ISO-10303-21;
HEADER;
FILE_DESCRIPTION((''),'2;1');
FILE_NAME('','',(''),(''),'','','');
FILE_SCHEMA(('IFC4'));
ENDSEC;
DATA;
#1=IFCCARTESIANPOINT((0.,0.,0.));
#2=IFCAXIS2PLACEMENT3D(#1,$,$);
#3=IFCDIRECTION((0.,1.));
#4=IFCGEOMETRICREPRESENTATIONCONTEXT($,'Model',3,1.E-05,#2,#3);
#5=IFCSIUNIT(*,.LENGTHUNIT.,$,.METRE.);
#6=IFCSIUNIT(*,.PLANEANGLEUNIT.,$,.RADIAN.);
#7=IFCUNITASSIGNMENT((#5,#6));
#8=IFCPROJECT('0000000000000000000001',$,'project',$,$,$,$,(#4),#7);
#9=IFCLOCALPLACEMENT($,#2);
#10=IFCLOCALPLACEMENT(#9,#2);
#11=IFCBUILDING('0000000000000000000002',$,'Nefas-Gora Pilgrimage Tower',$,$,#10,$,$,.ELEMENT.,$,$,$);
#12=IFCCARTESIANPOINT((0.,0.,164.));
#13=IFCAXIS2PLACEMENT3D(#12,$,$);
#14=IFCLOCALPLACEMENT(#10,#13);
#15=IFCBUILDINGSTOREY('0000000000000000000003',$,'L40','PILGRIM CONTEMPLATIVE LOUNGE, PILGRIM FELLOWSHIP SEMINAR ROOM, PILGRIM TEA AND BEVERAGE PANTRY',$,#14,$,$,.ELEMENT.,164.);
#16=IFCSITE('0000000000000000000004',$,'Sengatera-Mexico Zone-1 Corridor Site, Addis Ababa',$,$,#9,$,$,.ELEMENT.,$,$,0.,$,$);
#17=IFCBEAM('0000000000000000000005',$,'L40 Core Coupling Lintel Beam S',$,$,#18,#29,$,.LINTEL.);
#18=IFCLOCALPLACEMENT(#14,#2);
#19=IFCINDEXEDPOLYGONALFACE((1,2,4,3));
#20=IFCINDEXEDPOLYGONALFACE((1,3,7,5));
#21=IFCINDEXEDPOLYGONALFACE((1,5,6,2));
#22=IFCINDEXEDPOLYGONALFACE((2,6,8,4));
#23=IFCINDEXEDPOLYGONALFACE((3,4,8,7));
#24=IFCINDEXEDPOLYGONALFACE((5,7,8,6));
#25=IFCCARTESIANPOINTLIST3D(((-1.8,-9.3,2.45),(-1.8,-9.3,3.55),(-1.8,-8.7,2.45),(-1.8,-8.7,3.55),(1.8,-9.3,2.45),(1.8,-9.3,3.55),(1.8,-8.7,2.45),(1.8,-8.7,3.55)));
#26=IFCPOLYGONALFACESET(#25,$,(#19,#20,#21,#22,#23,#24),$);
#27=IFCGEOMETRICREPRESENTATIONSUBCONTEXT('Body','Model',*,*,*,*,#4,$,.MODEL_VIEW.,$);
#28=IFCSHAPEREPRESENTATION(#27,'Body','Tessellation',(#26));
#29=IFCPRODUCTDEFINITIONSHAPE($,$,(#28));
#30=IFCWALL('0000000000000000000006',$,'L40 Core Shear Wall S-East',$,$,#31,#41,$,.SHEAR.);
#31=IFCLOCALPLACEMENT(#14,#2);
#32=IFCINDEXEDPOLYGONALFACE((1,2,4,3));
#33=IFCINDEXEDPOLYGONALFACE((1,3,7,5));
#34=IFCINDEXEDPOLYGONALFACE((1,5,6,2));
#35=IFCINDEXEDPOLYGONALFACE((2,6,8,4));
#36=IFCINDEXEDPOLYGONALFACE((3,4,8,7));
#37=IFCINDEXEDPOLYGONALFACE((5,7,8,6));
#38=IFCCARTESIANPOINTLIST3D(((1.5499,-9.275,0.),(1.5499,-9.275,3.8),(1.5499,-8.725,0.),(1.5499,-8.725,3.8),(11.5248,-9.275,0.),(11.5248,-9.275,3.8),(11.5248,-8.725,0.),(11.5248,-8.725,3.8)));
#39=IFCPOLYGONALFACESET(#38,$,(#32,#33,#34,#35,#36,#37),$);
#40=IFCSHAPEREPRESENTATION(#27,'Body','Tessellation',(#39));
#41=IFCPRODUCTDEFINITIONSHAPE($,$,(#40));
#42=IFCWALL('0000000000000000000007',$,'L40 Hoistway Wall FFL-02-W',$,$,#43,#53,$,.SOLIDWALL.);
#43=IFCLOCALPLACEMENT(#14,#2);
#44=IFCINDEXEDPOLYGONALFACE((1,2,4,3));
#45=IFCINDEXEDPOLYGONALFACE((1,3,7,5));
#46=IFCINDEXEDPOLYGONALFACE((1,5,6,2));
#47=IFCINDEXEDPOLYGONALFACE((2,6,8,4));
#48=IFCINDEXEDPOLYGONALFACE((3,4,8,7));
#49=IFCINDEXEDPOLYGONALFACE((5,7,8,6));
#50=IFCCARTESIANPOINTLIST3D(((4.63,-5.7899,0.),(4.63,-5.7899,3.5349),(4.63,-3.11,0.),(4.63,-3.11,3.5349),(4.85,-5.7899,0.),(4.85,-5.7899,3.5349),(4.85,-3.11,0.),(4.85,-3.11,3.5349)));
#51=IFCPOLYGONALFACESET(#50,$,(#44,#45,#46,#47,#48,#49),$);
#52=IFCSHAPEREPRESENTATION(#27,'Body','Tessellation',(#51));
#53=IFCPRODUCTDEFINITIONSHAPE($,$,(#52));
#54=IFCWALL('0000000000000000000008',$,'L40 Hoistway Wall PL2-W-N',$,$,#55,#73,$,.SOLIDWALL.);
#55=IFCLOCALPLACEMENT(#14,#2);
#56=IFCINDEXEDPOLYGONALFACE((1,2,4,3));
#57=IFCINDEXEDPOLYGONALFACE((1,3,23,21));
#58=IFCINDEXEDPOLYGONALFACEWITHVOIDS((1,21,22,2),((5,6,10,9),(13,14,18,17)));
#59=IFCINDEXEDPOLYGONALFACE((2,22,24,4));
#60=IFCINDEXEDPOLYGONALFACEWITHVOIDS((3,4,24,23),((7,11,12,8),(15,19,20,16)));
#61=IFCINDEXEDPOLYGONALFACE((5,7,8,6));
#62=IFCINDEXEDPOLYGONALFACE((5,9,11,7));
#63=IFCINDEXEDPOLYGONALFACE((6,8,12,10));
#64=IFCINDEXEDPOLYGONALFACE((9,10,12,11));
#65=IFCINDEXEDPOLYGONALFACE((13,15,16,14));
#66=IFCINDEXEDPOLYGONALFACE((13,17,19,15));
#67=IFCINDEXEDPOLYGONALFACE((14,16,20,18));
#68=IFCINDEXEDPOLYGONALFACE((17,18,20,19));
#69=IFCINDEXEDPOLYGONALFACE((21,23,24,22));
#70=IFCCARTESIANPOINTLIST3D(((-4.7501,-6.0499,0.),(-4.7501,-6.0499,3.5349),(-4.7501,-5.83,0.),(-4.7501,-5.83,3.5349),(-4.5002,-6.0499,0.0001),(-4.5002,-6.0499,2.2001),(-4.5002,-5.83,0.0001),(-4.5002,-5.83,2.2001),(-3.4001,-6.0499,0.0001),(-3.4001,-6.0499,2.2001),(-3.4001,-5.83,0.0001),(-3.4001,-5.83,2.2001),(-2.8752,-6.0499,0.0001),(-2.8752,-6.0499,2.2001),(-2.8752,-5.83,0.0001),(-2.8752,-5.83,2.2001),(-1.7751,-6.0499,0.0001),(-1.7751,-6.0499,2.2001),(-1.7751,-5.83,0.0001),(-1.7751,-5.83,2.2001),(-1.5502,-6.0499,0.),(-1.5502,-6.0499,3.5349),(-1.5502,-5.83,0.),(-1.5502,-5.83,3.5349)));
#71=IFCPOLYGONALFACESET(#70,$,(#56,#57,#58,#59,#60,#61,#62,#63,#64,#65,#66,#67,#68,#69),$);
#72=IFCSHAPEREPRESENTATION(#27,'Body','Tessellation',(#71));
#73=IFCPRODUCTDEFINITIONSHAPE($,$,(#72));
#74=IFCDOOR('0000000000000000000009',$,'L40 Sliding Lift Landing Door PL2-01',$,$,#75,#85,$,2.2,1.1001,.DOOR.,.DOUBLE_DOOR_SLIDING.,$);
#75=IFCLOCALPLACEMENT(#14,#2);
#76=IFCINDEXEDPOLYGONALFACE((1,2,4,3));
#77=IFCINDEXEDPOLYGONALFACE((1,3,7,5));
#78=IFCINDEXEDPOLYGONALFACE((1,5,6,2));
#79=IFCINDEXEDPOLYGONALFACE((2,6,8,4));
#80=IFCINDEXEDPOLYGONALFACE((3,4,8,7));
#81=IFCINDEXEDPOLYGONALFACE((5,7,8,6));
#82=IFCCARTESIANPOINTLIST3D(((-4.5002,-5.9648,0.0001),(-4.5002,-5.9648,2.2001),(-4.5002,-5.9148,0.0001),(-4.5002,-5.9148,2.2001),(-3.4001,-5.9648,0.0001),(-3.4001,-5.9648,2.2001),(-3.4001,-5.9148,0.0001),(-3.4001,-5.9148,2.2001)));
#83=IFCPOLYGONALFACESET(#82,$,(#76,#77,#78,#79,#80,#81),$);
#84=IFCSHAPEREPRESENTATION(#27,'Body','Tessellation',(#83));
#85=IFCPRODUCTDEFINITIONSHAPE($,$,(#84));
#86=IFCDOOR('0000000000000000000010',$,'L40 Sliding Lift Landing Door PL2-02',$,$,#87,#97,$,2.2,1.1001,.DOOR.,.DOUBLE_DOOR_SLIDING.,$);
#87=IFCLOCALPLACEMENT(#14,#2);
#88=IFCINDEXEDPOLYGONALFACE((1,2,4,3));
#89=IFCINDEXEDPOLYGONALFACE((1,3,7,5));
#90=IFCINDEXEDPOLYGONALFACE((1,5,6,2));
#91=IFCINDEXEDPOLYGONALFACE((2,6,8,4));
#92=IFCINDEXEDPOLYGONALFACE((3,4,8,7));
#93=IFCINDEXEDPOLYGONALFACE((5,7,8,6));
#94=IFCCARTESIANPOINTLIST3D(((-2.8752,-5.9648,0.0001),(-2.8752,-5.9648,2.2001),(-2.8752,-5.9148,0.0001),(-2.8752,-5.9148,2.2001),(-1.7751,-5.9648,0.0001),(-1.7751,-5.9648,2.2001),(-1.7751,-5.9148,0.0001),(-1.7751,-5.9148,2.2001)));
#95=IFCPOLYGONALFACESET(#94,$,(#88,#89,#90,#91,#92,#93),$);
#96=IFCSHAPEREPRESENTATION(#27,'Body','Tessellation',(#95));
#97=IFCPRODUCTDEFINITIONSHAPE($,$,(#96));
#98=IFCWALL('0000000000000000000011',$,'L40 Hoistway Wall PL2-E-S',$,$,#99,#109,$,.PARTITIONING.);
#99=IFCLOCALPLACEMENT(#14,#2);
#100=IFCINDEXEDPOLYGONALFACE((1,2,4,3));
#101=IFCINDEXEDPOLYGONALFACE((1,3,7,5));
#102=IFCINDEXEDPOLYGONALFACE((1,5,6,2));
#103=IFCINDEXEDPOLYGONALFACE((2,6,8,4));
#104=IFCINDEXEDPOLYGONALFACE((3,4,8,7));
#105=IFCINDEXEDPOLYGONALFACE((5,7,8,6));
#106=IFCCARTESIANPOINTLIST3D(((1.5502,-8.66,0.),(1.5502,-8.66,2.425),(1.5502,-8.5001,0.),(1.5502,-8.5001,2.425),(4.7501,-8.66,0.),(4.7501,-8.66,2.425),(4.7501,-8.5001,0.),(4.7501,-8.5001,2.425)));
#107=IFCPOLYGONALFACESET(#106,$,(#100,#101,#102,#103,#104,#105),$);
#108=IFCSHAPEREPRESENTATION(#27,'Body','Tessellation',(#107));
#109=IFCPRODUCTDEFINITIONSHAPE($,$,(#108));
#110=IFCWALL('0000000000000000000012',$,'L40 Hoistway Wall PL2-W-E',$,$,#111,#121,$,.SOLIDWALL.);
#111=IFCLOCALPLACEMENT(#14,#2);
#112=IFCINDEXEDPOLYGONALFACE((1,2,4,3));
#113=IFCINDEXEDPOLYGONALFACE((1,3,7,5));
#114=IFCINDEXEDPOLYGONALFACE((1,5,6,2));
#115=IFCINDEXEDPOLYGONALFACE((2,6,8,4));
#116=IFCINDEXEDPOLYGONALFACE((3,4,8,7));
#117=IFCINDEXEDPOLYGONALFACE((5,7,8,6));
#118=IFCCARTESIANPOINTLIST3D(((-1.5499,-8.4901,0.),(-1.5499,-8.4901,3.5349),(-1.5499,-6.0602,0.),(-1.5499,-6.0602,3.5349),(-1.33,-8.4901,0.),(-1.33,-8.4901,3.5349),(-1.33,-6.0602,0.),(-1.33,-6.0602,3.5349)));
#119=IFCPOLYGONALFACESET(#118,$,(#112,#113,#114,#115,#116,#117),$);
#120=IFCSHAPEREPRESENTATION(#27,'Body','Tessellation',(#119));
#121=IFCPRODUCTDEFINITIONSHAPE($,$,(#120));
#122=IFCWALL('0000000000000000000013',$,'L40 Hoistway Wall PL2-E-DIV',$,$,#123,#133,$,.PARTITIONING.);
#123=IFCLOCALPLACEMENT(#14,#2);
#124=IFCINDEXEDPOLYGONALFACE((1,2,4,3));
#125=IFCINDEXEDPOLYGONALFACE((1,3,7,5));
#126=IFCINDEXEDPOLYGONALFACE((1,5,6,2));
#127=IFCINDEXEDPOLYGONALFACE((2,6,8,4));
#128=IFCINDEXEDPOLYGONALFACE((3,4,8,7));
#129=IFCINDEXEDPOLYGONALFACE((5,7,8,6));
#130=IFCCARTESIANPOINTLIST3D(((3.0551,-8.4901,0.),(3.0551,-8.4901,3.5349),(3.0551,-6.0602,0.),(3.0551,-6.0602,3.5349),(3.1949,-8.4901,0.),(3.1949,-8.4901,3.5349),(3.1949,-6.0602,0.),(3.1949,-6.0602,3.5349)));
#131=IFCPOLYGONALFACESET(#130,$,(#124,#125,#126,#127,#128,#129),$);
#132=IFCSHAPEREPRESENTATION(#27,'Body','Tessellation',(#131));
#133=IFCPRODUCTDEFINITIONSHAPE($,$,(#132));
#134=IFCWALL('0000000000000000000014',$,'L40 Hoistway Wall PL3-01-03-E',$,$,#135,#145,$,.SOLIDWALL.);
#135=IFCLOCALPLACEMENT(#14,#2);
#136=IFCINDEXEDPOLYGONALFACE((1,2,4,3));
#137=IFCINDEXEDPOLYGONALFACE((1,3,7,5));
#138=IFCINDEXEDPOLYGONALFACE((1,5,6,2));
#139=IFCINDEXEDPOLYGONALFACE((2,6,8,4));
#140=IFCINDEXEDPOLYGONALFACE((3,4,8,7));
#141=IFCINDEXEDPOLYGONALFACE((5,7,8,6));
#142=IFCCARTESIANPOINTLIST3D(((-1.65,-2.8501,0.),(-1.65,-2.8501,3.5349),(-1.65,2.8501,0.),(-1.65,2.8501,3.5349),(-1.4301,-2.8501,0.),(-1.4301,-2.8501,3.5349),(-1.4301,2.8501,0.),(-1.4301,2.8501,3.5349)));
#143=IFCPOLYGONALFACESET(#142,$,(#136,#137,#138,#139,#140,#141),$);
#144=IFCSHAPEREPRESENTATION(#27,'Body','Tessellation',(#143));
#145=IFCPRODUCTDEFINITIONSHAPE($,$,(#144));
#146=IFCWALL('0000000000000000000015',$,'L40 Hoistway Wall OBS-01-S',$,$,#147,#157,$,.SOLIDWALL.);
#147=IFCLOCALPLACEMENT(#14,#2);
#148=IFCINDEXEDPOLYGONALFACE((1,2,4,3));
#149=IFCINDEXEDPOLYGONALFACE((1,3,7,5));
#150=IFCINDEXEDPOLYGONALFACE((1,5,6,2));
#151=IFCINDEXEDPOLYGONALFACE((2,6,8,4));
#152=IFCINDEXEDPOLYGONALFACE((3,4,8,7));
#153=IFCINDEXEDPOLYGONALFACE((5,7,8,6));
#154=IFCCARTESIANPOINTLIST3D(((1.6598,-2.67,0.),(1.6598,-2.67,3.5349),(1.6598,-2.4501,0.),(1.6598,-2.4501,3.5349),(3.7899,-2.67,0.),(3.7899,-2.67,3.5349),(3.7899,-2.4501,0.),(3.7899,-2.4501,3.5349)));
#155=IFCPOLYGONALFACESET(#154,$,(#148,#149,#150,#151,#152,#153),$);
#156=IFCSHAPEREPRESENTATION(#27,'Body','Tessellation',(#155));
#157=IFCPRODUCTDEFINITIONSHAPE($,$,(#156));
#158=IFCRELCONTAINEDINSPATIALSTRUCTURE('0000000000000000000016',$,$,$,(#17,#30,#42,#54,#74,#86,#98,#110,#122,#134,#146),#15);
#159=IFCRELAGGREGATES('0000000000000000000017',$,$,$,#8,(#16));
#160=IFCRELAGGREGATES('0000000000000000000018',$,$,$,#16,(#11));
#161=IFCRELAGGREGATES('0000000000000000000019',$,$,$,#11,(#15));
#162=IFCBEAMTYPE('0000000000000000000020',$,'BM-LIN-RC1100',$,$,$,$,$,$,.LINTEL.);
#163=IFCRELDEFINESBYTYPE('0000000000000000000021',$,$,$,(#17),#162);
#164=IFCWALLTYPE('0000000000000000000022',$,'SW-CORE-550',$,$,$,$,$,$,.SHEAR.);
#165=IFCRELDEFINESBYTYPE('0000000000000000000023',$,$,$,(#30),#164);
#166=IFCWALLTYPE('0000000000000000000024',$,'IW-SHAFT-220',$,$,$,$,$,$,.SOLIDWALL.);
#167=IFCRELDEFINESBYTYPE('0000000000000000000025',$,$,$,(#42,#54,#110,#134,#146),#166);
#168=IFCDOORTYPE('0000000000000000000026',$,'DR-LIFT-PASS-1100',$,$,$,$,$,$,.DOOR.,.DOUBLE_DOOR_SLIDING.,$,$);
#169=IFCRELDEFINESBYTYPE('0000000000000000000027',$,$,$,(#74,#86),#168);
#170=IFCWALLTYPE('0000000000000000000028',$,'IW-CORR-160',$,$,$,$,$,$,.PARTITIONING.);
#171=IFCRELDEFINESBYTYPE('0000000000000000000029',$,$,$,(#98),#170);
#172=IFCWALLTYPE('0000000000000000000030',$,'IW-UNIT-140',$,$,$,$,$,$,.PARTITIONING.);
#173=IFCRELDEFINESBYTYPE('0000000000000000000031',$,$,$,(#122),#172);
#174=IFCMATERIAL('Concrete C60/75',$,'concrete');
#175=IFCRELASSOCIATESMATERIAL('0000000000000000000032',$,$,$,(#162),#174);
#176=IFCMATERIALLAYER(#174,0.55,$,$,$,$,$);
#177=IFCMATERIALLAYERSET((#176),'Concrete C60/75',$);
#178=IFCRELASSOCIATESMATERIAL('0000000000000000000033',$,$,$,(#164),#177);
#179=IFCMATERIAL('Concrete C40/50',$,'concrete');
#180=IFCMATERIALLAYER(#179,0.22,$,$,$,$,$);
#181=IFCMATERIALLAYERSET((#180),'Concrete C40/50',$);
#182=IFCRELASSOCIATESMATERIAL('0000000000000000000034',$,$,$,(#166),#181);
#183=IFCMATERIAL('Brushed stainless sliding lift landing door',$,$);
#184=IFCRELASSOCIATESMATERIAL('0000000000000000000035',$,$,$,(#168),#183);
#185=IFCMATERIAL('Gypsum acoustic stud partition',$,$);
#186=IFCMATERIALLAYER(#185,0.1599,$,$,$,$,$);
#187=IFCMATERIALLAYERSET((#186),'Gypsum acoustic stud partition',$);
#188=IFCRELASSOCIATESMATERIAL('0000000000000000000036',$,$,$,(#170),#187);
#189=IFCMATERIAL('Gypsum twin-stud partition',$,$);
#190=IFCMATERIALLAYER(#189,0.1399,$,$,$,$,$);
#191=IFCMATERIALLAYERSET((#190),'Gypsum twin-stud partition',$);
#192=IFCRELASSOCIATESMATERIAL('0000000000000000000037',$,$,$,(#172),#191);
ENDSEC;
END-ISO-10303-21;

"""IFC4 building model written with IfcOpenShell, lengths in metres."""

from ifc_helpers import new_model, si_unit, direction, frame, frame_2d, origin, origin_2d, place, context, subcontext, project, spatial, rectangle, extrude, source, transform, mapped, material, layer, layer_set, material_profile, profile_set, type_object, element, fill, save


model = new_model("IFC4")

# Units and contexts
model_context = context("Model", 3, precision=1e-05, world=origin(), true_north=direction((0.0, 1.0)))
body_context = subcontext(model_context, "Body", "Model", "MODEL_VIEW")
ifc_project = project(units=[si_unit("LENGTHUNIT", "METRE"), si_unit("PLANEANGLEUNIT", "RADIAN")], contexts=[model_context])

# Site, building, storey
site_placement = place(None, origin())
site = spatial("IfcSite", under=ifc_project, at=site_placement, Name="Sengatera-Mexico Zone-1 Corridor Site, Addis Ababa", CompositionType="ELEMENT", RefElevation=0.0)
building_placement = place(site_placement, origin())
building = spatial("IfcBuilding", under=site, at=building_placement, Name="Nefas-Gora Pilgrimage Tower", CompositionType="ELEMENT")
storey_placement = place(building_placement, frame((0.0, 0.0, 164.0)))
storey = spatial("IfcBuildingStorey", under=building, at=storey_placement, Name="L40", Description="PILGRIM CONTEMPLATIVE LOUNGE, PILGRIM FELLOWSHIP SEMINAR ROOM, PILGRIM TEA AND BEVERAGE PANTRY", CompositionType="ELEMENT", Elevation=164.0)

# Beam
ifc_material_1 = material(Name="Concrete C60/75", Category="concrete")
ifc_material_profile = material_profile(ifc_material_1, rectangle(XDim=0.6001, YDim=1.1001, at=origin_2d()), Name="RC 600x1100")
ifc_profile_set = profile_set([ifc_material_profile], Name="Concrete C60/75")
beam_type = type_object("IfcBeamType", Name="BM-LIN-RC1100", PredefinedType="LINTEL", material=ifc_profile_set)
shared_shape_1 = source(origin(), body_context, "Body", "SweptSolid", [
    extrude(rectangle(XDim=0.6001, YDim=1.1001, at=origin_2d()), origin(), (0.0, 0.0, 1.0), 3.6001),
])
beam_placement = place(storey_placement, frame((-1.8, -9.0, 3.0), z_axis=(1.0, 0.0, 0.0), x_axis=(0.0, 1.0, 0.0)))
element("IfcBeam", 1, at=beam_placement, inside=storey, type_object=beam_type, Name="L40 Core Coupling Lintel Beam S", PredefinedType="LINTEL", context=body_context, shape_type="MappedRepresentation", body=[
    mapped(shared_shape_1, transform((0.0, 0.0, 0.0), x_axis=(1.0, 0.0, 0.0), y_axis=(0.0, 1.0, 0.0), z_axis=(0.0, 0.0, 1.0), scale=1.0)),
])

# Walls
ifc_layer_1 = layer(ifc_material_1, 0.55)
ifc_layer_set_1 = layer_set([ifc_layer_1], Name="Concrete C60/75")
wall_type_1 = type_object("IfcWallType", Name="SW-CORE-550", PredefinedType="SHEAR", material=ifc_layer_set_1)
shared_shape_2 = source(origin(), body_context, "Body", "SweptSolid", [
    extrude(rectangle(XDim=9.9749, YDim=0.55, at=frame_2d((4.9873, 0.0))), origin(), (0.0, 0.0, 1.0), 3.8),
])
wall_1_placement = place(storey_placement, frame((1.55, -9.0, 0.0), z_axis=(0.0, 0.0, 1.0), x_axis=(1.0, 0.0, 0.0)))
element("IfcWall", 2, at=wall_1_placement, inside=storey, type_object=wall_type_1, Name="L40 Core Shear Wall S-East", PredefinedType="SHEAR", context=body_context, shape_type="MappedRepresentation", body=[
    mapped(shared_shape_2, transform((0.0, 0.0, 0.0), x_axis=(1.0, 0.0, 0.0), y_axis=(0.0, 1.0, 0.0), z_axis=(0.0, 0.0, 1.0), scale=1.0)),
])
ifc_material_2 = material(Name="Concrete C40/50", Category="concrete")
ifc_layer_2 = layer(ifc_material_2, 0.22)
ifc_layer_set_2 = layer_set([ifc_layer_2], Name="Concrete C40/50")
wall_type_2 = type_object("IfcWallType", Name="IW-SHAFT-220", PredefinedType="SOLIDWALL", material=ifc_layer_set_2)
shared_shape_3 = source(origin(), body_context, "Body", "SweptSolid", [
    extrude(rectangle(XDim=2.6799, YDim=0.22, at=frame_2d((1.3398, 0.0))), origin(), (0.0, 0.0, 1.0), 3.5349),
])
wall_2_placement = place(storey_placement, frame((4.74, -3.1101, 0.0), z_axis=(0.0, 0.0, 1.0), x_axis=(0.0, -1.0, 0.0)))
element("IfcWall", 3, at=wall_2_placement, inside=storey, type_object=wall_type_2, Name="L40 Hoistway Wall FFL-02-W", PredefinedType="SOLIDWALL", context=body_context, shape_type="MappedRepresentation", body=[
    mapped(shared_shape_3, transform((0.0, 0.0, 0.0), x_axis=(1.0, 0.0, 0.0), y_axis=(0.0, 1.0, 0.0), z_axis=(0.0, 0.0, 1.0), scale=1.0)),
])

# Wall, openings, doors
shared_shape_4 = source(origin(), body_context, "Body", "SweptSolid", [
    extrude(rectangle(XDim=3.2, YDim=0.22, at=frame_2d((1.6001, 0.0))), origin(), (0.0, 0.0, 1.0), 3.5349),
])
wall_3_placement = place(storey_placement, frame((-1.55, -5.9399, 0.0), z_axis=(0.0, 0.0, 1.0), x_axis=(-1.0, 0.0, 0.0)))
wall_3 = element("IfcWall", 4, at=wall_3_placement, inside=storey, type_object=wall_type_2, Name="L40 Hoistway Wall PL2-W-N", PredefinedType="SOLIDWALL", context=body_context, shape_type="MappedRepresentation", body=[
    mapped(shared_shape_4, transform((0.0, 0.0, 0.0), x_axis=(1.0, 0.0, 0.0), y_axis=(0.0, 1.0, 0.0), z_axis=(0.0, 0.0, 1.0), scale=1.0)),
])
opening_1_placement = place(wall_3_placement, frame((1.8501, 0.0, 0.0)))
opening_1 = element("IfcOpeningElement", 5, at=opening_1_placement, cuts=wall_3, PredefinedType="OPENING", context=body_context, shape_type="SweptSolid", body=[
    extrude(rectangle(XDim=1.1001, YDim=2.2, at=frame_2d((0.55, 1.1001))), frame((0.0, 0.1199, 0.0), z_axis=(0.0, -1.0, 0.0), x_axis=(1.0, 0.0, 0.0)), (0.0, 0.0, 1.0), 0.24),
])
opening_2_placement = place(wall_3_placement, frame((0.2251, 0.0, 0.0)))
opening_2 = element("IfcOpeningElement", 6, at=opening_2_placement, cuts=wall_3, PredefinedType="OPENING", context=body_context, shape_type="SweptSolid", body=[
    extrude(rectangle(XDim=1.1001, YDim=2.2, at=frame_2d((0.55, 1.1001))), frame((0.0, 0.1199, 0.0), z_axis=(0.0, -1.0, 0.0), x_axis=(1.0, 0.0, 0.0)), (0.0, 0.0, 1.0), 0.24),
])
ifc_material_3 = material(Name="Brushed stainless sliding lift landing door")
door_type_1 = type_object("IfcDoorType", Name="DR-LIFT-PASS-1100", OperationType="DOUBLE_DOOR_SLIDING", PredefinedType="DOOR", material=ifc_material_3)
shared_shape_5 = source(origin(), body_context, "Body", "SweptSolid", [
    extrude(rectangle(XDim=1.1001, YDim=2.2, at=frame_2d((0.55, 1.1001))), frame((0.0, 0.0249, 0.0), z_axis=(0.0, -1.0, 0.0), x_axis=(1.0, 0.0, 0.0)), (0.0, 0.0, 1.0), 0.05),
])
door_1_placement = place(opening_1_placement, origin())
door_1 = element("IfcDoor", 7, at=door_1_placement, inside=storey, type_object=door_type_1, Name="L40 Sliding Lift Landing Door PL2-01", OperationType="DOUBLE_DOOR_SLIDING", OverallHeight=2.2, OverallWidth=1.1001, PredefinedType="DOOR", context=body_context, shape_type="MappedRepresentation", body=[
    mapped(shared_shape_5, transform((0.0, 0.0, 0.0), x_axis=(1.0, 0.0, 0.0), y_axis=(0.0, 1.0, 0.0), z_axis=(0.0, 0.0, 1.0), scale=1.0)),
])
fill(opening_1, door_1)
door_2_placement = place(opening_2_placement, origin())
door_2 = element("IfcDoor", 8, at=door_2_placement, inside=storey, type_object=door_type_1, Name="L40 Sliding Lift Landing Door PL2-02", OperationType="DOUBLE_DOOR_SLIDING", OverallHeight=2.2, OverallWidth=1.1001, PredefinedType="DOOR", context=body_context, shape_type="MappedRepresentation", body=[
    mapped(shared_shape_5, transform((0.0, 0.0, 0.0), x_axis=(1.0, 0.0, 0.0), y_axis=(0.0, 1.0, 0.0), z_axis=(0.0, 0.0, 1.0), scale=1.0)),
])
fill(opening_2, door_2)

# Walls
ifc_material_4 = material(Name="Gypsum acoustic stud partition")
ifc_layer_3 = layer(ifc_material_4, 0.1599)
ifc_layer_set_3 = layer_set([ifc_layer_3], Name="Gypsum acoustic stud partition")
wall_type_3 = type_object("IfcWallType", Name="IW-CORR-160", PredefinedType="PARTITIONING", material=ifc_layer_set_3)
shared_shape_6 = source(origin(), body_context, "Body", "SweptSolid", [
    extrude(rectangle(XDim=3.2, YDim=0.1599, at=frame_2d((1.6001, 0.0))), origin(), (0.0, 0.0, 1.0), 2.425),
])
wall_4_placement = place(storey_placement, frame((1.55, -8.5801, 0.0), z_axis=(0.0, 0.0, 1.0), x_axis=(1.0, 0.0, 0.0)))
element("IfcWall", 9, at=wall_4_placement, inside=storey, type_object=wall_type_3, Name="L40 Hoistway Wall PL2-E-S", PredefinedType="PARTITIONING", context=body_context, shape_type="MappedRepresentation", body=[
    mapped(shared_shape_6, transform((0.0, 0.0, 0.0), x_axis=(1.0, 0.0, 0.0), y_axis=(0.0, 1.0, 0.0), z_axis=(0.0, 0.0, 1.0), scale=1.0)),
])
shared_shape_7 = source(origin(), body_context, "Body", "SweptSolid", [
    extrude(rectangle(XDim=2.4299, YDim=0.22, at=frame_2d((1.2148, 0.0))), origin(), (0.0, 0.0, 1.0), 3.5349),
])
for number, where, z_axis, x_axis, name in (
    (10, (-1.4399, -8.49, 0.0), (0.0, 0.0, 1.0), (0.0, 1.0, 0.0), "L40 Hoistway Wall PL2-W-E"),
):
    element("IfcWall", number, at=place(storey_placement, frame(where, z_axis=z_axis, x_axis=x_axis)), inside=storey, type_object=wall_type_2, Name=name, PredefinedType="SOLIDWALL", context=body_context, shape_type="MappedRepresentation", body=[
        mapped(shared_shape_7, transform((0.0, 0.0, 0.0), x_axis=(1.0, 0.0, 0.0), y_axis=(0.0, 1.0, 0.0), z_axis=(0.0, 0.0, 1.0), scale=1.0)),
    ])
ifc_material_5 = material(Name="Gypsum twin-stud partition")
ifc_layer_4 = layer(ifc_material_5, 0.1399)
ifc_layer_set_4 = layer_set([ifc_layer_4], Name="Gypsum twin-stud partition")
wall_type_4 = type_object("IfcWallType", Name="IW-UNIT-140", PredefinedType="PARTITIONING", material=ifc_layer_set_4)
shared_shape_8 = source(origin(), body_context, "Body", "SweptSolid", [
    extrude(rectangle(XDim=2.4299, YDim=0.1399, at=frame_2d((1.2148, 0.0))), origin(), (0.0, 0.0, 1.0), 3.5349),
])
wall_5_placement = place(storey_placement, frame((3.125, -8.49, 0.0), z_axis=(0.0, 0.0, 1.0), x_axis=(0.0, 1.0, 0.0)))
element("IfcWall", 11, at=wall_5_placement, inside=storey, type_object=wall_type_4, Name="L40 Hoistway Wall PL2-E-DIV", PredefinedType="PARTITIONING", context=body_context, shape_type="MappedRepresentation", body=[
    mapped(shared_shape_8, transform((0.0, 0.0, 0.0), x_axis=(1.0, 0.0, 0.0), y_axis=(0.0, 1.0, 0.0), z_axis=(0.0, 0.0, 1.0), scale=1.0)),
])
shared_shape_9 = source(origin(), body_context, "Body", "SweptSolid", [
    extrude(rectangle(XDim=5.7002, YDim=0.22, at=frame_2d((2.8501, 0.0))), origin(), (0.0, 0.0, 1.0), 3.5349),
])
wall_6_placement = place(storey_placement, frame((-1.54, -2.8501, 0.0), z_axis=(0.0, 0.0, 1.0), x_axis=(0.0, 1.0, 0.0)))
element("IfcWall", 12, at=wall_6_placement, inside=storey, type_object=wall_type_2, Name="L40 Hoistway Wall PL3-01-03-E", PredefinedType="SOLIDWALL", context=body_context, shape_type="MappedRepresentation", body=[
    mapped(shared_shape_9, transform((0.0, 0.0, 0.0), x_axis=(1.0, 0.0, 0.0), y_axis=(0.0, 1.0, 0.0), z_axis=(0.0, 0.0, 1.0), scale=1.0)),
])
shared_shape_10 = source(origin(), body_context, "Body", "SweptSolid", [
    extrude(rectangle(XDim=2.1301, YDim=0.22, at=frame_2d((1.0649, 0.0))), origin(), (0.0, 0.0, 1.0), 3.5349),
])
wall_7_placement = place(storey_placement, frame((1.6599, -2.5601, 0.0), z_axis=(0.0, 0.0, 1.0), x_axis=(1.0, 0.0, 0.0)))
element("IfcWall", 13, at=wall_7_placement, inside=storey, type_object=wall_type_2, Name="L40 Hoistway Wall OBS-01-S", PredefinedType="SOLIDWALL", context=body_context, shape_type="MappedRepresentation", body=[
    mapped(shared_shape_10, transform((0.0, 0.0, 0.0), x_axis=(1.0, 0.0, 0.0), y_axis=(0.0, 1.0, 0.0), z_axis=(0.0, 0.0, 1.0), scale=1.0)),
])

save(model, "model.ifc")
